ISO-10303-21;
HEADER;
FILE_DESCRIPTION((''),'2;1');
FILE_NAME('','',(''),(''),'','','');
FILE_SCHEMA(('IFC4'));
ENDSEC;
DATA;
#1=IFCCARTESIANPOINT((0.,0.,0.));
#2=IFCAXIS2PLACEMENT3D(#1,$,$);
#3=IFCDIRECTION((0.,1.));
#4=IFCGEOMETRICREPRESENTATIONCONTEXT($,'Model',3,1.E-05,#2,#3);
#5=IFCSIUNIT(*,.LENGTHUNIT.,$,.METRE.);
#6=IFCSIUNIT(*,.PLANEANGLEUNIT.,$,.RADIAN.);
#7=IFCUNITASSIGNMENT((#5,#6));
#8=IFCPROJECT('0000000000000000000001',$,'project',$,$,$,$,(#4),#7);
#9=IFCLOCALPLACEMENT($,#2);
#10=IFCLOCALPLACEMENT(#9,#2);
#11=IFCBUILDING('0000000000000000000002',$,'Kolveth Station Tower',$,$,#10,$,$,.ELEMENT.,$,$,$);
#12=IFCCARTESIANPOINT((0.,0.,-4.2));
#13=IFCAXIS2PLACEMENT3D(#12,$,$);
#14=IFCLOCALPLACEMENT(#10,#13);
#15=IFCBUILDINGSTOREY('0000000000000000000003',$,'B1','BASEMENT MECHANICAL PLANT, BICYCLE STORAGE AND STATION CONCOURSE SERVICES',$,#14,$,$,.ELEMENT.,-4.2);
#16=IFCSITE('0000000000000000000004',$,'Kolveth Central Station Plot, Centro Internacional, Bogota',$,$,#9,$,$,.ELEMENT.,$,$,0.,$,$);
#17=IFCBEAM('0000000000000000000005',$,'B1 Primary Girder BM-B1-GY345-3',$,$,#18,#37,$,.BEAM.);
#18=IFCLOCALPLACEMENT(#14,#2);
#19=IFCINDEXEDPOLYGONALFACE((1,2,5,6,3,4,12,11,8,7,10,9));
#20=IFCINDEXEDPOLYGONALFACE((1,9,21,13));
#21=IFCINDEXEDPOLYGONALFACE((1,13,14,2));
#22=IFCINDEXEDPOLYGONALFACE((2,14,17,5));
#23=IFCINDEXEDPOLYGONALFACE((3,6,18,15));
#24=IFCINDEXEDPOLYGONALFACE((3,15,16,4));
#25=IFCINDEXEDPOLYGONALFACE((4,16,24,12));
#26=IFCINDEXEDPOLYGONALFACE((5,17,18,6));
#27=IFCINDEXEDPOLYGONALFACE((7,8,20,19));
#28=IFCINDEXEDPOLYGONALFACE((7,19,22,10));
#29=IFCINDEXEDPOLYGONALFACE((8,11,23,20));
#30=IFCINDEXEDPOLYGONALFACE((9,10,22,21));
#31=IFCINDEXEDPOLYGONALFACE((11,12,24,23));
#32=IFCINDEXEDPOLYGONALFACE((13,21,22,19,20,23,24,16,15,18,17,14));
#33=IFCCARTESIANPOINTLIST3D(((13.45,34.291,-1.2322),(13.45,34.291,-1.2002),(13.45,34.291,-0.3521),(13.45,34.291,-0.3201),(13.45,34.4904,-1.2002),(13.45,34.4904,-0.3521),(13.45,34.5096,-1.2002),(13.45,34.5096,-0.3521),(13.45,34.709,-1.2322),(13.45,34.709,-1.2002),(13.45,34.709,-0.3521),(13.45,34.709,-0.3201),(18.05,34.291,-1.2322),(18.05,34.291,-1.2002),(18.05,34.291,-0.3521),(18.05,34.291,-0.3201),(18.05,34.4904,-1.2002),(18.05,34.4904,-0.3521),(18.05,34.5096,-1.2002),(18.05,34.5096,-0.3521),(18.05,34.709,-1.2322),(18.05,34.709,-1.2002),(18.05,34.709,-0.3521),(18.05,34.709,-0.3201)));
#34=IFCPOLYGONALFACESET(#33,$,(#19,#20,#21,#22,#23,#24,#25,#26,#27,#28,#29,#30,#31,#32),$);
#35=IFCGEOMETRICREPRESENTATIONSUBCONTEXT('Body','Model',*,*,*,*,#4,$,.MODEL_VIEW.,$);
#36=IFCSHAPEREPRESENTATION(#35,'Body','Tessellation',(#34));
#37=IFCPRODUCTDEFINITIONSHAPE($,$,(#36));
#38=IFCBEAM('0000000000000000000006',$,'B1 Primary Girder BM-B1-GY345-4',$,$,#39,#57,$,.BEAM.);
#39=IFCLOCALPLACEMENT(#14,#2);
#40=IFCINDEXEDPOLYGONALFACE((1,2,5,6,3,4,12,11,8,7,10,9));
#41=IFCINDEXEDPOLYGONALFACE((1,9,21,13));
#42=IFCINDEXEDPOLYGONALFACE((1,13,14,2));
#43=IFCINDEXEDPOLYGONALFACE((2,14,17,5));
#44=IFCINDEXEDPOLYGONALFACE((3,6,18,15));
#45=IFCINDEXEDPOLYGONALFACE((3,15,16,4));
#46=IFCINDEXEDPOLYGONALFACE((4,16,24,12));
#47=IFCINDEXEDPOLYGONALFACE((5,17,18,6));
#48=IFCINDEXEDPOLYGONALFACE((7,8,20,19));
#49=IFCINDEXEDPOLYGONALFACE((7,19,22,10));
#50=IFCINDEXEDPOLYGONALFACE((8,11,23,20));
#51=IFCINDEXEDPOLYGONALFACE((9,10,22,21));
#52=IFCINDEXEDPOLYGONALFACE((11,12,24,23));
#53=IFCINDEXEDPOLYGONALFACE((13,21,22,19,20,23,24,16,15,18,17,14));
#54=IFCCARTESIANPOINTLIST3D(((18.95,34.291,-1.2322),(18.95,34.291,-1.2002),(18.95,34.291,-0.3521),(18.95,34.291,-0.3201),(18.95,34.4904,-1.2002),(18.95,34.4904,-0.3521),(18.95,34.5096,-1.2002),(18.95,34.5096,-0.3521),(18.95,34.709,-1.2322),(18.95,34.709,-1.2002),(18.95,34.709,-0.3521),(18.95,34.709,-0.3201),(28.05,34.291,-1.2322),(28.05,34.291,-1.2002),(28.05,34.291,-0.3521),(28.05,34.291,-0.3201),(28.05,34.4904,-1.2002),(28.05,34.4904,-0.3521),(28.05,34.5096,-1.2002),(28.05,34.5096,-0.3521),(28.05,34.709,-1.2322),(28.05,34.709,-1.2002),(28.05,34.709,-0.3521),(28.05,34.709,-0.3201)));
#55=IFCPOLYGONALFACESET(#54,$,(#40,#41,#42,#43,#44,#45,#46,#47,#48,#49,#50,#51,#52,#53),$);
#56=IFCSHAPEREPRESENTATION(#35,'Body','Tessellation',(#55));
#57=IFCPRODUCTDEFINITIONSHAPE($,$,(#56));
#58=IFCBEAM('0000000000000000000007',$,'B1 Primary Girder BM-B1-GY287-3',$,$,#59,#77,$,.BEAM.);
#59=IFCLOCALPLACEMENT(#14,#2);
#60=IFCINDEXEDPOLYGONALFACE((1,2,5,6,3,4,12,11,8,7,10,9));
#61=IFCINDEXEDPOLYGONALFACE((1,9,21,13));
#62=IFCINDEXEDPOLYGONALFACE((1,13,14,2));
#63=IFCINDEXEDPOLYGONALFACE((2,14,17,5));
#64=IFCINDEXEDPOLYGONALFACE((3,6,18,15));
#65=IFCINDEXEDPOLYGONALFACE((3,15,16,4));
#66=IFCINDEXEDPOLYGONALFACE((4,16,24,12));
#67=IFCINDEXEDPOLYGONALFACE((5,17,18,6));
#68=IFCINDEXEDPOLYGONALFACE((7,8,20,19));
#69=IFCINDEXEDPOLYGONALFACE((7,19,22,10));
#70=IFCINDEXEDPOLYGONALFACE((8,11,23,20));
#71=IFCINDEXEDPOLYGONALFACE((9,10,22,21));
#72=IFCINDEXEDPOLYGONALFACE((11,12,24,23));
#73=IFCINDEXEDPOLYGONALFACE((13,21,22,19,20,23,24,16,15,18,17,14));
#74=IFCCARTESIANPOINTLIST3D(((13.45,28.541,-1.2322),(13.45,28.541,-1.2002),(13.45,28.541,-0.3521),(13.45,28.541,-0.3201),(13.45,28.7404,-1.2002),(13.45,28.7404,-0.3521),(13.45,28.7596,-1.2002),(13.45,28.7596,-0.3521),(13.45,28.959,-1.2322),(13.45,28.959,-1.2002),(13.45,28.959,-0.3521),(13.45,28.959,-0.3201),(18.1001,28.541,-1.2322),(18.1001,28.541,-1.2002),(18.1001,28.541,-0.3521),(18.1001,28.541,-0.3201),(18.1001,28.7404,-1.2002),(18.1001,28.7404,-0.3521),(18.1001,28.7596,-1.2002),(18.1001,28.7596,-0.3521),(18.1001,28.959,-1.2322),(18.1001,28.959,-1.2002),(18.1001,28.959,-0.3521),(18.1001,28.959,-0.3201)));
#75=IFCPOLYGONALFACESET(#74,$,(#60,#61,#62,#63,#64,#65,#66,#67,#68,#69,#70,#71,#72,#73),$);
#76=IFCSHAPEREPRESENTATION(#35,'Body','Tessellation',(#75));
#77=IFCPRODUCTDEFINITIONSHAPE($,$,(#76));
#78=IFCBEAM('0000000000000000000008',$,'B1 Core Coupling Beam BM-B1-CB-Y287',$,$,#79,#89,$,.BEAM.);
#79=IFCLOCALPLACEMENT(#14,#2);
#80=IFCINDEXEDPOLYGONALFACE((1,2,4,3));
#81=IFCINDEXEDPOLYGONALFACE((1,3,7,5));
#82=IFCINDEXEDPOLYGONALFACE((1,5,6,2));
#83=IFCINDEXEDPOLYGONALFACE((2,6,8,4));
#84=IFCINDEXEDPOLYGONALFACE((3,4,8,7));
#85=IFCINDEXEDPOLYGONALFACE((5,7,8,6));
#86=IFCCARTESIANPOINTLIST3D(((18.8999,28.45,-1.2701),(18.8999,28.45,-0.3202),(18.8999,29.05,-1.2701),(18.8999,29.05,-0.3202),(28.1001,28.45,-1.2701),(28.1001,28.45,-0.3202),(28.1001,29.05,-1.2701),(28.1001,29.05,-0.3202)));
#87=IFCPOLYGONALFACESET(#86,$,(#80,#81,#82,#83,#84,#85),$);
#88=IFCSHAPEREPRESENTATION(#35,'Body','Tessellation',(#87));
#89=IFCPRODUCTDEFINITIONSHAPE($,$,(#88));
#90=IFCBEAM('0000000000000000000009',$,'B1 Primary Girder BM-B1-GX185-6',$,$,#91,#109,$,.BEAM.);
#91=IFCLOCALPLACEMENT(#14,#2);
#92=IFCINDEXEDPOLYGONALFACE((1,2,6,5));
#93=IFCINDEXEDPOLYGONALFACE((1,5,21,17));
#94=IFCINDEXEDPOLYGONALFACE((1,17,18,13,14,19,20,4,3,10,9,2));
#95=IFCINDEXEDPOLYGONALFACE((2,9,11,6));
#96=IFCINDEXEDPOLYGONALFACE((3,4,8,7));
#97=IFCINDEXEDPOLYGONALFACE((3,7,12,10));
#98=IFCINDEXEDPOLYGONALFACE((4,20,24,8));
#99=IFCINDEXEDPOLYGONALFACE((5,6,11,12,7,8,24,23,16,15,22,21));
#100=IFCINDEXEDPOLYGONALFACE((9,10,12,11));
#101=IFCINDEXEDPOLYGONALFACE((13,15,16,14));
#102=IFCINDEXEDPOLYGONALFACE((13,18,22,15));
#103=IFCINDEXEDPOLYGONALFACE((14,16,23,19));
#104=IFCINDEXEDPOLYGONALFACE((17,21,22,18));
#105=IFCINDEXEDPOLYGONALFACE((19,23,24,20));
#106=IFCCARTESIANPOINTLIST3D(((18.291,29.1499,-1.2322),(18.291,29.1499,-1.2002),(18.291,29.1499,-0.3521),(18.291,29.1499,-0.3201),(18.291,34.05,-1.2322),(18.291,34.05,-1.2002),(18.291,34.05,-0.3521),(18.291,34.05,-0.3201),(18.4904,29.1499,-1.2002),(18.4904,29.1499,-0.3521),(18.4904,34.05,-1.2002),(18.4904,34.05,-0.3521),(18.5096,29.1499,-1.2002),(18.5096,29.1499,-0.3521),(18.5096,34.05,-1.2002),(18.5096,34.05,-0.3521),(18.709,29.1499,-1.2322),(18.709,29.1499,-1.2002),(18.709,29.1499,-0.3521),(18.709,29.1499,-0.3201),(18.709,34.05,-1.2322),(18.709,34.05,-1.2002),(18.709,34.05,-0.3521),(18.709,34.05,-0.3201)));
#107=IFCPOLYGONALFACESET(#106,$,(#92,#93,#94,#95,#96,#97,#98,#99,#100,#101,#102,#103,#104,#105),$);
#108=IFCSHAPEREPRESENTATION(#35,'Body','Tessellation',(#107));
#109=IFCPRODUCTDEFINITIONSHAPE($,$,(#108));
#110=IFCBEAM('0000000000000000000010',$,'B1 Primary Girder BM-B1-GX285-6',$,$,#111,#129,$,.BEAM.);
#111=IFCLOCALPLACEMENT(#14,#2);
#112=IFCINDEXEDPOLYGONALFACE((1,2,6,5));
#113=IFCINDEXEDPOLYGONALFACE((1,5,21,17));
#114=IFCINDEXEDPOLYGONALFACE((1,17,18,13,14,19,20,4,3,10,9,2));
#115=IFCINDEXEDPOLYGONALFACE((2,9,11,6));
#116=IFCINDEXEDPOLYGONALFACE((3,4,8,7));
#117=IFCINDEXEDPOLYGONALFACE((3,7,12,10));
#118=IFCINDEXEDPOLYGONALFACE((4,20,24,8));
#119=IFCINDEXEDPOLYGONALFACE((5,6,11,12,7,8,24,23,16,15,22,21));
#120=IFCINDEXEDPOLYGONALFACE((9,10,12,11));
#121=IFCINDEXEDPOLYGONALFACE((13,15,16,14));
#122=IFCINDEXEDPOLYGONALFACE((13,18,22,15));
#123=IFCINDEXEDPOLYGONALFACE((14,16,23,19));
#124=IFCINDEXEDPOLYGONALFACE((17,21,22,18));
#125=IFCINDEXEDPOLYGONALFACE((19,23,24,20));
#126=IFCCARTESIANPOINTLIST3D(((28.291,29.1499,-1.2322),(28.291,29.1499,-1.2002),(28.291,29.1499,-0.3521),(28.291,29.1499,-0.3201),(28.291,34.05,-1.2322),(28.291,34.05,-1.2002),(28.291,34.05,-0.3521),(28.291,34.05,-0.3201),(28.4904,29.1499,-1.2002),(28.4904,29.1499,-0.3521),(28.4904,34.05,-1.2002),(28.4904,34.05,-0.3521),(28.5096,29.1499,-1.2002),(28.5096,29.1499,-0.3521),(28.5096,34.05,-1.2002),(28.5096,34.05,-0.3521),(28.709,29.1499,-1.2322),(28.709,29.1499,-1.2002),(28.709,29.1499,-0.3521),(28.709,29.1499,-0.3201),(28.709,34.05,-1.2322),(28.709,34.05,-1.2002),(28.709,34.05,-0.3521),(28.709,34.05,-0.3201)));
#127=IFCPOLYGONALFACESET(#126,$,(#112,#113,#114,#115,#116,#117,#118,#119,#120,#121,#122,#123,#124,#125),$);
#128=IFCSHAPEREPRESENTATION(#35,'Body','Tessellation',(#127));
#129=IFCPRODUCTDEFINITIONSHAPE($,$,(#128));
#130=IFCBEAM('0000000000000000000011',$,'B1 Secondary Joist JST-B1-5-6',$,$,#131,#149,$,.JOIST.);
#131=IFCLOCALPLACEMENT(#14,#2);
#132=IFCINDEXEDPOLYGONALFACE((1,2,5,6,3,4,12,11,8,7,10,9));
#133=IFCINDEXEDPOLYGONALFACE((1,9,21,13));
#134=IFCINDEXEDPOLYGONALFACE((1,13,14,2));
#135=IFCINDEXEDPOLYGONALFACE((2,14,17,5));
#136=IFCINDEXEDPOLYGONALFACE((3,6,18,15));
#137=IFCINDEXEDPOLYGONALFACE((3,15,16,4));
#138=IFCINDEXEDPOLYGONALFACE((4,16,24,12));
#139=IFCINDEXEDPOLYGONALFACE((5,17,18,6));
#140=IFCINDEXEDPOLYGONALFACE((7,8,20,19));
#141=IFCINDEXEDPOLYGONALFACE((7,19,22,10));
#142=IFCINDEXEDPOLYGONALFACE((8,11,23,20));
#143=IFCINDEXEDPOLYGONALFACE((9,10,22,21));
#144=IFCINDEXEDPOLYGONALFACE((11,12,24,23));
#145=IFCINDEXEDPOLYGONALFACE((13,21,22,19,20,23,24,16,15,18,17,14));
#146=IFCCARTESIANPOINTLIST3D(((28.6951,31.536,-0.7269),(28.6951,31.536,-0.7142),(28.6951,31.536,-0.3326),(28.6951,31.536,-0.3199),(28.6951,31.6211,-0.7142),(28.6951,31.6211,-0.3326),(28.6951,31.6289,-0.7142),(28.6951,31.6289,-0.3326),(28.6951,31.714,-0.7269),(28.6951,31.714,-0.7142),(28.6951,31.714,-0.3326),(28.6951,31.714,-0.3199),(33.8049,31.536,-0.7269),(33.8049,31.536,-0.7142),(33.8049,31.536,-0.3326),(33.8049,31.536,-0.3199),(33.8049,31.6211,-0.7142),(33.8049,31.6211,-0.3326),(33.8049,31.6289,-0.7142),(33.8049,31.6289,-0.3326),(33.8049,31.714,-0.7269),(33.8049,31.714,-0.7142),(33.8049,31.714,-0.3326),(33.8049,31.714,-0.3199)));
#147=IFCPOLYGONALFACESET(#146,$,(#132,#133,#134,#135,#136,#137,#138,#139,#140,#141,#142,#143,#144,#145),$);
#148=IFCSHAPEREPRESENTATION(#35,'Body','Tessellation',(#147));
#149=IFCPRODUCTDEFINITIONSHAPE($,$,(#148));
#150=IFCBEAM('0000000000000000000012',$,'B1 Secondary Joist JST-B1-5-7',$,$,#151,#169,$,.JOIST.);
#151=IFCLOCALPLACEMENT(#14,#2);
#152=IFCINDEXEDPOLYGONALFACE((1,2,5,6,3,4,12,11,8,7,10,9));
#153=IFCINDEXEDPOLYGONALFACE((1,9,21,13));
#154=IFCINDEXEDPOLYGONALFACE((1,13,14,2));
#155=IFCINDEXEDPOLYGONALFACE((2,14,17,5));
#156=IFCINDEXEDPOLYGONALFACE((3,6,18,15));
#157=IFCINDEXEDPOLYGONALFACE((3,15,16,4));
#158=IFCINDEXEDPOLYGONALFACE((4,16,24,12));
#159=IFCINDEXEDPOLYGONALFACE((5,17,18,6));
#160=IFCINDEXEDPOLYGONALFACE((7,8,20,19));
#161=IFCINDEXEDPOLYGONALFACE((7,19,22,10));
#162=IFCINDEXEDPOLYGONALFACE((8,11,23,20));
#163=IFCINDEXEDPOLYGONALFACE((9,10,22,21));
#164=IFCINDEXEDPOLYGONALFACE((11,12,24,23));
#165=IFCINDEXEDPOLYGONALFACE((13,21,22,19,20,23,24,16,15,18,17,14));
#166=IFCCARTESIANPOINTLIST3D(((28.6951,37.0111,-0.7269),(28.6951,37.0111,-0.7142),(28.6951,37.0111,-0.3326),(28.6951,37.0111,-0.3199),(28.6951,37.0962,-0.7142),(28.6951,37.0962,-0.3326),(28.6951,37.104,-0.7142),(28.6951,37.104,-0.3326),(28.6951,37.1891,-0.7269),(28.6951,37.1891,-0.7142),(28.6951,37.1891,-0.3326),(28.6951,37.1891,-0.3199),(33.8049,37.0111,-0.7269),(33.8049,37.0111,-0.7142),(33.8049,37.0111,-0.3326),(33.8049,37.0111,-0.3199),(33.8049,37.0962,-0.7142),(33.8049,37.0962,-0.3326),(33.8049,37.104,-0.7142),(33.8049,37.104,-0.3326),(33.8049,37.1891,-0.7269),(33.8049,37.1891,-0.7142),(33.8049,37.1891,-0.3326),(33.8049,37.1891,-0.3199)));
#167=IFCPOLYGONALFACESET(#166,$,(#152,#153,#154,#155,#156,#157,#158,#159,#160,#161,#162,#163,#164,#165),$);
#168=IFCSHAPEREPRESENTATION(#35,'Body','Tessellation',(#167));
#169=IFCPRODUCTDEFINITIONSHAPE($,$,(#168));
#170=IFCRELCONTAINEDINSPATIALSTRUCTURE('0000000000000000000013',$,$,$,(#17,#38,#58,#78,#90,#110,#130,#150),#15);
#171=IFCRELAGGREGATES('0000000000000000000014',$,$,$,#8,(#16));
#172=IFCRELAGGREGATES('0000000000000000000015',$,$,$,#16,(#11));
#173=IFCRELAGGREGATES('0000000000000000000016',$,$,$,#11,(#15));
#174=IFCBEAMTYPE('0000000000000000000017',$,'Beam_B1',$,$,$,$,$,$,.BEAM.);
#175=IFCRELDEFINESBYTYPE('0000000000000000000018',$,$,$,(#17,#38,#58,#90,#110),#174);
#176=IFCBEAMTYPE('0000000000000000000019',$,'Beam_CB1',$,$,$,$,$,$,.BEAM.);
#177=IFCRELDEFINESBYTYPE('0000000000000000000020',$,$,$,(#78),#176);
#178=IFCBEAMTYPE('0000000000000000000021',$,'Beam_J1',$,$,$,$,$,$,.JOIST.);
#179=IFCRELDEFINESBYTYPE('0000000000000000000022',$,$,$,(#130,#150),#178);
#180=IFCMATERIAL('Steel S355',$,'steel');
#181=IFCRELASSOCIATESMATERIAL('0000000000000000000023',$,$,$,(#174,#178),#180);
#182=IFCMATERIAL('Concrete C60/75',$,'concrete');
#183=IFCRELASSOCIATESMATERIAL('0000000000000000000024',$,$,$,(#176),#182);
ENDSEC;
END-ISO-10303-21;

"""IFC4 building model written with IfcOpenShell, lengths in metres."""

from ifc_helpers import new_model, si_unit, direction, frame, origin, origin_2d, place, context, subcontext, project, spatial, rectangle, i_section, extrude, source, transform, mapped, material, material_profile, profile_set, type_object, element, save


model = new_model("IFC4")

# Units and contexts
model_context = context("Model", 3, precision=1e-05, world=origin(), true_north=direction((0.0, 1.0)))
body_context = subcontext(model_context, "Body", "Model", "MODEL_VIEW")
ifc_project = project(units=[si_unit("LENGTHUNIT", "METRE"), si_unit("PLANEANGLEUNIT", "RADIAN")], contexts=[model_context])

# Site, building, storey
site_placement = place(None, origin())
site = spatial("IfcSite", under=ifc_project, at=site_placement, Name="Kolveth Central Station Plot, Centro Internacional, Bogota", CompositionType="ELEMENT", RefElevation=0.0)
building_placement = place(site_placement, origin())
building = spatial("IfcBuilding", under=site, at=building_placement, Name="Kolveth Station Tower", CompositionType="ELEMENT")
storey_placement = place(building_placement, frame((0.0, 0.0, -4.2)))
storey = spatial("IfcBuildingStorey", under=building, at=storey_placement, Name="B1", Description="BASEMENT MECHANICAL PLANT, BICYCLE STORAGE AND STATION CONCOURSE SERVICES", CompositionType="ELEMENT", Elevation=-4.2)

# Beams
ifc_material_1 = material(Name="Steel S355", Category="steel")
ifc_material_profile_1 = material_profile(ifc_material_1, i_section(OverallWidth=0.418, OverallDepth=0.9121, WebThickness=0.0193, FlangeThickness=0.032, at=origin_2d()), Name="W920x342")
ifc_profile_set_1 = profile_set([ifc_material_profile_1], Name="Steel S355")
beam_type_1 = type_object("IfcBeamType", Name="Beam_B1", PredefinedType="BEAM", material=ifc_profile_set_1)
shared_shape_1 = source(origin(), body_context, "Body", "SweptSolid", [
    extrude(i_section(OverallWidth=0.418, OverallDepth=0.9121, WebThickness=0.0193, FlangeThickness=0.032, at=origin_2d()), origin(), (0.0, 0.0, 1.0), 4.6001),
])
beam_1_placement = place(storey_placement, frame((13.45, 34.5, -0.7761), z_axis=(1.0, 0.0, 0.0), x_axis=(0.0, 1.0, 0.0)))
element("IfcBeam", 1, at=beam_1_placement, inside=storey, type_object=beam_type_1, Name="B1 Primary Girder BM-B1-GY345-3", PredefinedType="BEAM", context=body_context, shape_type="MappedRepresentation", body=[
    mapped(shared_shape_1, transform((0.0, 0.0, 0.0), x_axis=(1.0, 0.0, 0.0), y_axis=(0.0, 1.0, 0.0), z_axis=(0.0, 0.0, 1.0), scale=1.0)),
])
shared_shape_2 = source(origin(), body_context, "Body", "SweptSolid", [
    extrude(i_section(OverallWidth=0.418, OverallDepth=0.9121, WebThickness=0.0193, FlangeThickness=0.032, at=origin_2d()), origin(), (0.0, 0.0, 1.0), 9.1001),
])
beam_2_placement = place(storey_placement, frame((18.95, 34.5, -0.7761), z_axis=(1.0, 0.0, 0.0), x_axis=(0.0, 1.0, 0.0)))
element("IfcBeam", 2, at=beam_2_placement, inside=storey, type_object=beam_type_1, Name="B1 Primary Girder BM-B1-GY345-4", PredefinedType="BEAM", context=body_context, shape_type="MappedRepresentation", body=[
    mapped(shared_shape_2, transform((0.0, 0.0, 0.0), x_axis=(1.0, 0.0, 0.0), y_axis=(0.0, 1.0, 0.0), z_axis=(0.0, 0.0, 1.0), scale=1.0)),
])
shared_shape_3 = source(origin(), body_context, "Body", "SweptSolid", [
    extrude(i_section(OverallWidth=0.418, OverallDepth=0.9121, WebThickness=0.0193, FlangeThickness=0.032, at=origin_2d()), origin(), (0.0, 0.0, 1.0), 4.6501),
])
beam_3_placement = place(storey_placement, frame((13.45, 28.75, -0.7761), z_axis=(1.0, 0.0, 0.0), x_axis=(0.0, 1.0, 0.0)))
element("IfcBeam", 3, at=beam_3_placement, inside=storey, type_object=beam_type_1, Name="B1 Primary Girder BM-B1-GY287-3", PredefinedType="BEAM", context=body_context, shape_type="MappedRepresentation", body=[
    mapped(shared_shape_3, transform((0.0, 0.0, 0.0), x_axis=(1.0, 0.0, 0.0), y_axis=(0.0, 1.0, 0.0), z_axis=(0.0, 0.0, 1.0), scale=1.0)),
])
ifc_material_2 = material(Name="Concrete C60/75", Category="concrete")
ifc_material_profile_2 = material_profile(ifc_material_2, rectangle(XDim=0.6001, YDim=0.95, at=origin_2d()), Name="RC-600x950")
ifc_profile_set_2 = profile_set([ifc_material_profile_2], Name="Concrete C60/75")
beam_type_2 = type_object("IfcBeamType", Name="Beam_CB1", PredefinedType="BEAM", material=ifc_profile_set_2)
shared_shape_4 = source(origin(), body_context, "Body", "SweptSolid", [
    extrude(rectangle(XDim=0.6001, YDim=0.95, at=origin_2d()), origin(), (0.0, 0.0, 1.0), 9.2002),
])
beam_4_placement = place(storey_placement, frame((18.8999, 28.75, -0.7952), z_axis=(1.0, 0.0, 0.0), x_axis=(0.0, 1.0, 0.0)))
element("IfcBeam", 4, at=beam_4_placement, inside=storey, type_object=beam_type_2, Name="B1 Core Coupling Beam BM-B1-CB-Y287", PredefinedType="BEAM", context=body_context, shape_type="MappedRepresentation", body=[
    mapped(shared_shape_4, transform((0.0, 0.0, 0.0), x_axis=(1.0, 0.0, 0.0), y_axis=(0.0, 1.0, 0.0), z_axis=(0.0, 0.0, 1.0), scale=1.0)),
])
shared_shape_5 = source(origin(), body_context, "Body", "SweptSolid", [
    extrude(i_section(OverallWidth=0.418, OverallDepth=0.9121, WebThickness=0.0193, FlangeThickness=0.032, at=origin_2d()), origin(), (0.0, 0.0, 1.0), 4.9001),
])
for number, where, z_axis, x_axis, name in (
    (5, (18.5, 29.1499, -0.7761), (0.0, 1.0, 0.0), (-1.0, 0.0, 0.0), "B1 Primary Girder BM-B1-GX185-6"),
    (6, (28.5, 29.1499, -0.7761), (0.0, 1.0, 0.0), (-1.0, 0.0, 0.0), "B1 Primary Girder BM-B1-GX285-6"),
):
    element("IfcBeam", number, at=place(storey_placement, frame(where, z_axis=z_axis, x_axis=x_axis)), inside=storey, type_object=beam_type_1, Name=name, PredefinedType="BEAM", context=body_context, shape_type="MappedRepresentation", body=[
        mapped(shared_shape_5, transform((0.0, 0.0, 0.0), x_axis=(1.0, 0.0, 0.0), y_axis=(0.0, 1.0, 0.0), z_axis=(0.0, 0.0, 1.0), scale=1.0)),
    ])
ifc_material_profile_3 = material_profile(ifc_material_1, i_section(OverallWidth=0.178, OverallDepth=0.407, WebThickness=0.0078, FlangeThickness=0.0127, at=origin_2d()), Name="W410x60")
ifc_profile_set_3 = profile_set([ifc_material_profile_3], Name="Steel S355")
beam_type_3 = type_object("IfcBeamType", Name="Beam_J1", PredefinedType="JOIST", material=ifc_profile_set_3)
shared_shape_6 = source(origin(), body_context, "Body", "SweptSolid", [
    extrude(i_section(OverallWidth=0.178, OverallDepth=0.407, WebThickness=0.0078, FlangeThickness=0.0127, at=origin_2d()), origin(), (0.0, 0.0, 1.0), 5.1099),
])
for number, where, z_axis, x_axis, name in (
    (7, (28.6951, 31.625, -0.5234), (1.0, 0.0, 0.0), (0.0, 1.0, 0.0), "B1 Secondary Joist JST-B1-5-6"),
    (8, (28.6951, 37.1001, -0.5234), (1.0, 0.0, 0.0), (0.0, 1.0, 0.0), "B1 Secondary Joist JST-B1-5-7"),
):
    element("IfcBeam", number, at=place(storey_placement, frame(where, z_axis=z_axis, x_axis=x_axis)), inside=storey, type_object=beam_type_3, Name=name, PredefinedType="JOIST", context=body_context, shape_type="MappedRepresentation", body=[
        mapped(shared_shape_6, transform((0.0, 0.0, 0.0), x_axis=(1.0, 0.0, 0.0), y_axis=(0.0, 1.0, 0.0), z_axis=(0.0, 0.0, 1.0), scale=1.0)),
    ])

save(model, "model.ifc")
